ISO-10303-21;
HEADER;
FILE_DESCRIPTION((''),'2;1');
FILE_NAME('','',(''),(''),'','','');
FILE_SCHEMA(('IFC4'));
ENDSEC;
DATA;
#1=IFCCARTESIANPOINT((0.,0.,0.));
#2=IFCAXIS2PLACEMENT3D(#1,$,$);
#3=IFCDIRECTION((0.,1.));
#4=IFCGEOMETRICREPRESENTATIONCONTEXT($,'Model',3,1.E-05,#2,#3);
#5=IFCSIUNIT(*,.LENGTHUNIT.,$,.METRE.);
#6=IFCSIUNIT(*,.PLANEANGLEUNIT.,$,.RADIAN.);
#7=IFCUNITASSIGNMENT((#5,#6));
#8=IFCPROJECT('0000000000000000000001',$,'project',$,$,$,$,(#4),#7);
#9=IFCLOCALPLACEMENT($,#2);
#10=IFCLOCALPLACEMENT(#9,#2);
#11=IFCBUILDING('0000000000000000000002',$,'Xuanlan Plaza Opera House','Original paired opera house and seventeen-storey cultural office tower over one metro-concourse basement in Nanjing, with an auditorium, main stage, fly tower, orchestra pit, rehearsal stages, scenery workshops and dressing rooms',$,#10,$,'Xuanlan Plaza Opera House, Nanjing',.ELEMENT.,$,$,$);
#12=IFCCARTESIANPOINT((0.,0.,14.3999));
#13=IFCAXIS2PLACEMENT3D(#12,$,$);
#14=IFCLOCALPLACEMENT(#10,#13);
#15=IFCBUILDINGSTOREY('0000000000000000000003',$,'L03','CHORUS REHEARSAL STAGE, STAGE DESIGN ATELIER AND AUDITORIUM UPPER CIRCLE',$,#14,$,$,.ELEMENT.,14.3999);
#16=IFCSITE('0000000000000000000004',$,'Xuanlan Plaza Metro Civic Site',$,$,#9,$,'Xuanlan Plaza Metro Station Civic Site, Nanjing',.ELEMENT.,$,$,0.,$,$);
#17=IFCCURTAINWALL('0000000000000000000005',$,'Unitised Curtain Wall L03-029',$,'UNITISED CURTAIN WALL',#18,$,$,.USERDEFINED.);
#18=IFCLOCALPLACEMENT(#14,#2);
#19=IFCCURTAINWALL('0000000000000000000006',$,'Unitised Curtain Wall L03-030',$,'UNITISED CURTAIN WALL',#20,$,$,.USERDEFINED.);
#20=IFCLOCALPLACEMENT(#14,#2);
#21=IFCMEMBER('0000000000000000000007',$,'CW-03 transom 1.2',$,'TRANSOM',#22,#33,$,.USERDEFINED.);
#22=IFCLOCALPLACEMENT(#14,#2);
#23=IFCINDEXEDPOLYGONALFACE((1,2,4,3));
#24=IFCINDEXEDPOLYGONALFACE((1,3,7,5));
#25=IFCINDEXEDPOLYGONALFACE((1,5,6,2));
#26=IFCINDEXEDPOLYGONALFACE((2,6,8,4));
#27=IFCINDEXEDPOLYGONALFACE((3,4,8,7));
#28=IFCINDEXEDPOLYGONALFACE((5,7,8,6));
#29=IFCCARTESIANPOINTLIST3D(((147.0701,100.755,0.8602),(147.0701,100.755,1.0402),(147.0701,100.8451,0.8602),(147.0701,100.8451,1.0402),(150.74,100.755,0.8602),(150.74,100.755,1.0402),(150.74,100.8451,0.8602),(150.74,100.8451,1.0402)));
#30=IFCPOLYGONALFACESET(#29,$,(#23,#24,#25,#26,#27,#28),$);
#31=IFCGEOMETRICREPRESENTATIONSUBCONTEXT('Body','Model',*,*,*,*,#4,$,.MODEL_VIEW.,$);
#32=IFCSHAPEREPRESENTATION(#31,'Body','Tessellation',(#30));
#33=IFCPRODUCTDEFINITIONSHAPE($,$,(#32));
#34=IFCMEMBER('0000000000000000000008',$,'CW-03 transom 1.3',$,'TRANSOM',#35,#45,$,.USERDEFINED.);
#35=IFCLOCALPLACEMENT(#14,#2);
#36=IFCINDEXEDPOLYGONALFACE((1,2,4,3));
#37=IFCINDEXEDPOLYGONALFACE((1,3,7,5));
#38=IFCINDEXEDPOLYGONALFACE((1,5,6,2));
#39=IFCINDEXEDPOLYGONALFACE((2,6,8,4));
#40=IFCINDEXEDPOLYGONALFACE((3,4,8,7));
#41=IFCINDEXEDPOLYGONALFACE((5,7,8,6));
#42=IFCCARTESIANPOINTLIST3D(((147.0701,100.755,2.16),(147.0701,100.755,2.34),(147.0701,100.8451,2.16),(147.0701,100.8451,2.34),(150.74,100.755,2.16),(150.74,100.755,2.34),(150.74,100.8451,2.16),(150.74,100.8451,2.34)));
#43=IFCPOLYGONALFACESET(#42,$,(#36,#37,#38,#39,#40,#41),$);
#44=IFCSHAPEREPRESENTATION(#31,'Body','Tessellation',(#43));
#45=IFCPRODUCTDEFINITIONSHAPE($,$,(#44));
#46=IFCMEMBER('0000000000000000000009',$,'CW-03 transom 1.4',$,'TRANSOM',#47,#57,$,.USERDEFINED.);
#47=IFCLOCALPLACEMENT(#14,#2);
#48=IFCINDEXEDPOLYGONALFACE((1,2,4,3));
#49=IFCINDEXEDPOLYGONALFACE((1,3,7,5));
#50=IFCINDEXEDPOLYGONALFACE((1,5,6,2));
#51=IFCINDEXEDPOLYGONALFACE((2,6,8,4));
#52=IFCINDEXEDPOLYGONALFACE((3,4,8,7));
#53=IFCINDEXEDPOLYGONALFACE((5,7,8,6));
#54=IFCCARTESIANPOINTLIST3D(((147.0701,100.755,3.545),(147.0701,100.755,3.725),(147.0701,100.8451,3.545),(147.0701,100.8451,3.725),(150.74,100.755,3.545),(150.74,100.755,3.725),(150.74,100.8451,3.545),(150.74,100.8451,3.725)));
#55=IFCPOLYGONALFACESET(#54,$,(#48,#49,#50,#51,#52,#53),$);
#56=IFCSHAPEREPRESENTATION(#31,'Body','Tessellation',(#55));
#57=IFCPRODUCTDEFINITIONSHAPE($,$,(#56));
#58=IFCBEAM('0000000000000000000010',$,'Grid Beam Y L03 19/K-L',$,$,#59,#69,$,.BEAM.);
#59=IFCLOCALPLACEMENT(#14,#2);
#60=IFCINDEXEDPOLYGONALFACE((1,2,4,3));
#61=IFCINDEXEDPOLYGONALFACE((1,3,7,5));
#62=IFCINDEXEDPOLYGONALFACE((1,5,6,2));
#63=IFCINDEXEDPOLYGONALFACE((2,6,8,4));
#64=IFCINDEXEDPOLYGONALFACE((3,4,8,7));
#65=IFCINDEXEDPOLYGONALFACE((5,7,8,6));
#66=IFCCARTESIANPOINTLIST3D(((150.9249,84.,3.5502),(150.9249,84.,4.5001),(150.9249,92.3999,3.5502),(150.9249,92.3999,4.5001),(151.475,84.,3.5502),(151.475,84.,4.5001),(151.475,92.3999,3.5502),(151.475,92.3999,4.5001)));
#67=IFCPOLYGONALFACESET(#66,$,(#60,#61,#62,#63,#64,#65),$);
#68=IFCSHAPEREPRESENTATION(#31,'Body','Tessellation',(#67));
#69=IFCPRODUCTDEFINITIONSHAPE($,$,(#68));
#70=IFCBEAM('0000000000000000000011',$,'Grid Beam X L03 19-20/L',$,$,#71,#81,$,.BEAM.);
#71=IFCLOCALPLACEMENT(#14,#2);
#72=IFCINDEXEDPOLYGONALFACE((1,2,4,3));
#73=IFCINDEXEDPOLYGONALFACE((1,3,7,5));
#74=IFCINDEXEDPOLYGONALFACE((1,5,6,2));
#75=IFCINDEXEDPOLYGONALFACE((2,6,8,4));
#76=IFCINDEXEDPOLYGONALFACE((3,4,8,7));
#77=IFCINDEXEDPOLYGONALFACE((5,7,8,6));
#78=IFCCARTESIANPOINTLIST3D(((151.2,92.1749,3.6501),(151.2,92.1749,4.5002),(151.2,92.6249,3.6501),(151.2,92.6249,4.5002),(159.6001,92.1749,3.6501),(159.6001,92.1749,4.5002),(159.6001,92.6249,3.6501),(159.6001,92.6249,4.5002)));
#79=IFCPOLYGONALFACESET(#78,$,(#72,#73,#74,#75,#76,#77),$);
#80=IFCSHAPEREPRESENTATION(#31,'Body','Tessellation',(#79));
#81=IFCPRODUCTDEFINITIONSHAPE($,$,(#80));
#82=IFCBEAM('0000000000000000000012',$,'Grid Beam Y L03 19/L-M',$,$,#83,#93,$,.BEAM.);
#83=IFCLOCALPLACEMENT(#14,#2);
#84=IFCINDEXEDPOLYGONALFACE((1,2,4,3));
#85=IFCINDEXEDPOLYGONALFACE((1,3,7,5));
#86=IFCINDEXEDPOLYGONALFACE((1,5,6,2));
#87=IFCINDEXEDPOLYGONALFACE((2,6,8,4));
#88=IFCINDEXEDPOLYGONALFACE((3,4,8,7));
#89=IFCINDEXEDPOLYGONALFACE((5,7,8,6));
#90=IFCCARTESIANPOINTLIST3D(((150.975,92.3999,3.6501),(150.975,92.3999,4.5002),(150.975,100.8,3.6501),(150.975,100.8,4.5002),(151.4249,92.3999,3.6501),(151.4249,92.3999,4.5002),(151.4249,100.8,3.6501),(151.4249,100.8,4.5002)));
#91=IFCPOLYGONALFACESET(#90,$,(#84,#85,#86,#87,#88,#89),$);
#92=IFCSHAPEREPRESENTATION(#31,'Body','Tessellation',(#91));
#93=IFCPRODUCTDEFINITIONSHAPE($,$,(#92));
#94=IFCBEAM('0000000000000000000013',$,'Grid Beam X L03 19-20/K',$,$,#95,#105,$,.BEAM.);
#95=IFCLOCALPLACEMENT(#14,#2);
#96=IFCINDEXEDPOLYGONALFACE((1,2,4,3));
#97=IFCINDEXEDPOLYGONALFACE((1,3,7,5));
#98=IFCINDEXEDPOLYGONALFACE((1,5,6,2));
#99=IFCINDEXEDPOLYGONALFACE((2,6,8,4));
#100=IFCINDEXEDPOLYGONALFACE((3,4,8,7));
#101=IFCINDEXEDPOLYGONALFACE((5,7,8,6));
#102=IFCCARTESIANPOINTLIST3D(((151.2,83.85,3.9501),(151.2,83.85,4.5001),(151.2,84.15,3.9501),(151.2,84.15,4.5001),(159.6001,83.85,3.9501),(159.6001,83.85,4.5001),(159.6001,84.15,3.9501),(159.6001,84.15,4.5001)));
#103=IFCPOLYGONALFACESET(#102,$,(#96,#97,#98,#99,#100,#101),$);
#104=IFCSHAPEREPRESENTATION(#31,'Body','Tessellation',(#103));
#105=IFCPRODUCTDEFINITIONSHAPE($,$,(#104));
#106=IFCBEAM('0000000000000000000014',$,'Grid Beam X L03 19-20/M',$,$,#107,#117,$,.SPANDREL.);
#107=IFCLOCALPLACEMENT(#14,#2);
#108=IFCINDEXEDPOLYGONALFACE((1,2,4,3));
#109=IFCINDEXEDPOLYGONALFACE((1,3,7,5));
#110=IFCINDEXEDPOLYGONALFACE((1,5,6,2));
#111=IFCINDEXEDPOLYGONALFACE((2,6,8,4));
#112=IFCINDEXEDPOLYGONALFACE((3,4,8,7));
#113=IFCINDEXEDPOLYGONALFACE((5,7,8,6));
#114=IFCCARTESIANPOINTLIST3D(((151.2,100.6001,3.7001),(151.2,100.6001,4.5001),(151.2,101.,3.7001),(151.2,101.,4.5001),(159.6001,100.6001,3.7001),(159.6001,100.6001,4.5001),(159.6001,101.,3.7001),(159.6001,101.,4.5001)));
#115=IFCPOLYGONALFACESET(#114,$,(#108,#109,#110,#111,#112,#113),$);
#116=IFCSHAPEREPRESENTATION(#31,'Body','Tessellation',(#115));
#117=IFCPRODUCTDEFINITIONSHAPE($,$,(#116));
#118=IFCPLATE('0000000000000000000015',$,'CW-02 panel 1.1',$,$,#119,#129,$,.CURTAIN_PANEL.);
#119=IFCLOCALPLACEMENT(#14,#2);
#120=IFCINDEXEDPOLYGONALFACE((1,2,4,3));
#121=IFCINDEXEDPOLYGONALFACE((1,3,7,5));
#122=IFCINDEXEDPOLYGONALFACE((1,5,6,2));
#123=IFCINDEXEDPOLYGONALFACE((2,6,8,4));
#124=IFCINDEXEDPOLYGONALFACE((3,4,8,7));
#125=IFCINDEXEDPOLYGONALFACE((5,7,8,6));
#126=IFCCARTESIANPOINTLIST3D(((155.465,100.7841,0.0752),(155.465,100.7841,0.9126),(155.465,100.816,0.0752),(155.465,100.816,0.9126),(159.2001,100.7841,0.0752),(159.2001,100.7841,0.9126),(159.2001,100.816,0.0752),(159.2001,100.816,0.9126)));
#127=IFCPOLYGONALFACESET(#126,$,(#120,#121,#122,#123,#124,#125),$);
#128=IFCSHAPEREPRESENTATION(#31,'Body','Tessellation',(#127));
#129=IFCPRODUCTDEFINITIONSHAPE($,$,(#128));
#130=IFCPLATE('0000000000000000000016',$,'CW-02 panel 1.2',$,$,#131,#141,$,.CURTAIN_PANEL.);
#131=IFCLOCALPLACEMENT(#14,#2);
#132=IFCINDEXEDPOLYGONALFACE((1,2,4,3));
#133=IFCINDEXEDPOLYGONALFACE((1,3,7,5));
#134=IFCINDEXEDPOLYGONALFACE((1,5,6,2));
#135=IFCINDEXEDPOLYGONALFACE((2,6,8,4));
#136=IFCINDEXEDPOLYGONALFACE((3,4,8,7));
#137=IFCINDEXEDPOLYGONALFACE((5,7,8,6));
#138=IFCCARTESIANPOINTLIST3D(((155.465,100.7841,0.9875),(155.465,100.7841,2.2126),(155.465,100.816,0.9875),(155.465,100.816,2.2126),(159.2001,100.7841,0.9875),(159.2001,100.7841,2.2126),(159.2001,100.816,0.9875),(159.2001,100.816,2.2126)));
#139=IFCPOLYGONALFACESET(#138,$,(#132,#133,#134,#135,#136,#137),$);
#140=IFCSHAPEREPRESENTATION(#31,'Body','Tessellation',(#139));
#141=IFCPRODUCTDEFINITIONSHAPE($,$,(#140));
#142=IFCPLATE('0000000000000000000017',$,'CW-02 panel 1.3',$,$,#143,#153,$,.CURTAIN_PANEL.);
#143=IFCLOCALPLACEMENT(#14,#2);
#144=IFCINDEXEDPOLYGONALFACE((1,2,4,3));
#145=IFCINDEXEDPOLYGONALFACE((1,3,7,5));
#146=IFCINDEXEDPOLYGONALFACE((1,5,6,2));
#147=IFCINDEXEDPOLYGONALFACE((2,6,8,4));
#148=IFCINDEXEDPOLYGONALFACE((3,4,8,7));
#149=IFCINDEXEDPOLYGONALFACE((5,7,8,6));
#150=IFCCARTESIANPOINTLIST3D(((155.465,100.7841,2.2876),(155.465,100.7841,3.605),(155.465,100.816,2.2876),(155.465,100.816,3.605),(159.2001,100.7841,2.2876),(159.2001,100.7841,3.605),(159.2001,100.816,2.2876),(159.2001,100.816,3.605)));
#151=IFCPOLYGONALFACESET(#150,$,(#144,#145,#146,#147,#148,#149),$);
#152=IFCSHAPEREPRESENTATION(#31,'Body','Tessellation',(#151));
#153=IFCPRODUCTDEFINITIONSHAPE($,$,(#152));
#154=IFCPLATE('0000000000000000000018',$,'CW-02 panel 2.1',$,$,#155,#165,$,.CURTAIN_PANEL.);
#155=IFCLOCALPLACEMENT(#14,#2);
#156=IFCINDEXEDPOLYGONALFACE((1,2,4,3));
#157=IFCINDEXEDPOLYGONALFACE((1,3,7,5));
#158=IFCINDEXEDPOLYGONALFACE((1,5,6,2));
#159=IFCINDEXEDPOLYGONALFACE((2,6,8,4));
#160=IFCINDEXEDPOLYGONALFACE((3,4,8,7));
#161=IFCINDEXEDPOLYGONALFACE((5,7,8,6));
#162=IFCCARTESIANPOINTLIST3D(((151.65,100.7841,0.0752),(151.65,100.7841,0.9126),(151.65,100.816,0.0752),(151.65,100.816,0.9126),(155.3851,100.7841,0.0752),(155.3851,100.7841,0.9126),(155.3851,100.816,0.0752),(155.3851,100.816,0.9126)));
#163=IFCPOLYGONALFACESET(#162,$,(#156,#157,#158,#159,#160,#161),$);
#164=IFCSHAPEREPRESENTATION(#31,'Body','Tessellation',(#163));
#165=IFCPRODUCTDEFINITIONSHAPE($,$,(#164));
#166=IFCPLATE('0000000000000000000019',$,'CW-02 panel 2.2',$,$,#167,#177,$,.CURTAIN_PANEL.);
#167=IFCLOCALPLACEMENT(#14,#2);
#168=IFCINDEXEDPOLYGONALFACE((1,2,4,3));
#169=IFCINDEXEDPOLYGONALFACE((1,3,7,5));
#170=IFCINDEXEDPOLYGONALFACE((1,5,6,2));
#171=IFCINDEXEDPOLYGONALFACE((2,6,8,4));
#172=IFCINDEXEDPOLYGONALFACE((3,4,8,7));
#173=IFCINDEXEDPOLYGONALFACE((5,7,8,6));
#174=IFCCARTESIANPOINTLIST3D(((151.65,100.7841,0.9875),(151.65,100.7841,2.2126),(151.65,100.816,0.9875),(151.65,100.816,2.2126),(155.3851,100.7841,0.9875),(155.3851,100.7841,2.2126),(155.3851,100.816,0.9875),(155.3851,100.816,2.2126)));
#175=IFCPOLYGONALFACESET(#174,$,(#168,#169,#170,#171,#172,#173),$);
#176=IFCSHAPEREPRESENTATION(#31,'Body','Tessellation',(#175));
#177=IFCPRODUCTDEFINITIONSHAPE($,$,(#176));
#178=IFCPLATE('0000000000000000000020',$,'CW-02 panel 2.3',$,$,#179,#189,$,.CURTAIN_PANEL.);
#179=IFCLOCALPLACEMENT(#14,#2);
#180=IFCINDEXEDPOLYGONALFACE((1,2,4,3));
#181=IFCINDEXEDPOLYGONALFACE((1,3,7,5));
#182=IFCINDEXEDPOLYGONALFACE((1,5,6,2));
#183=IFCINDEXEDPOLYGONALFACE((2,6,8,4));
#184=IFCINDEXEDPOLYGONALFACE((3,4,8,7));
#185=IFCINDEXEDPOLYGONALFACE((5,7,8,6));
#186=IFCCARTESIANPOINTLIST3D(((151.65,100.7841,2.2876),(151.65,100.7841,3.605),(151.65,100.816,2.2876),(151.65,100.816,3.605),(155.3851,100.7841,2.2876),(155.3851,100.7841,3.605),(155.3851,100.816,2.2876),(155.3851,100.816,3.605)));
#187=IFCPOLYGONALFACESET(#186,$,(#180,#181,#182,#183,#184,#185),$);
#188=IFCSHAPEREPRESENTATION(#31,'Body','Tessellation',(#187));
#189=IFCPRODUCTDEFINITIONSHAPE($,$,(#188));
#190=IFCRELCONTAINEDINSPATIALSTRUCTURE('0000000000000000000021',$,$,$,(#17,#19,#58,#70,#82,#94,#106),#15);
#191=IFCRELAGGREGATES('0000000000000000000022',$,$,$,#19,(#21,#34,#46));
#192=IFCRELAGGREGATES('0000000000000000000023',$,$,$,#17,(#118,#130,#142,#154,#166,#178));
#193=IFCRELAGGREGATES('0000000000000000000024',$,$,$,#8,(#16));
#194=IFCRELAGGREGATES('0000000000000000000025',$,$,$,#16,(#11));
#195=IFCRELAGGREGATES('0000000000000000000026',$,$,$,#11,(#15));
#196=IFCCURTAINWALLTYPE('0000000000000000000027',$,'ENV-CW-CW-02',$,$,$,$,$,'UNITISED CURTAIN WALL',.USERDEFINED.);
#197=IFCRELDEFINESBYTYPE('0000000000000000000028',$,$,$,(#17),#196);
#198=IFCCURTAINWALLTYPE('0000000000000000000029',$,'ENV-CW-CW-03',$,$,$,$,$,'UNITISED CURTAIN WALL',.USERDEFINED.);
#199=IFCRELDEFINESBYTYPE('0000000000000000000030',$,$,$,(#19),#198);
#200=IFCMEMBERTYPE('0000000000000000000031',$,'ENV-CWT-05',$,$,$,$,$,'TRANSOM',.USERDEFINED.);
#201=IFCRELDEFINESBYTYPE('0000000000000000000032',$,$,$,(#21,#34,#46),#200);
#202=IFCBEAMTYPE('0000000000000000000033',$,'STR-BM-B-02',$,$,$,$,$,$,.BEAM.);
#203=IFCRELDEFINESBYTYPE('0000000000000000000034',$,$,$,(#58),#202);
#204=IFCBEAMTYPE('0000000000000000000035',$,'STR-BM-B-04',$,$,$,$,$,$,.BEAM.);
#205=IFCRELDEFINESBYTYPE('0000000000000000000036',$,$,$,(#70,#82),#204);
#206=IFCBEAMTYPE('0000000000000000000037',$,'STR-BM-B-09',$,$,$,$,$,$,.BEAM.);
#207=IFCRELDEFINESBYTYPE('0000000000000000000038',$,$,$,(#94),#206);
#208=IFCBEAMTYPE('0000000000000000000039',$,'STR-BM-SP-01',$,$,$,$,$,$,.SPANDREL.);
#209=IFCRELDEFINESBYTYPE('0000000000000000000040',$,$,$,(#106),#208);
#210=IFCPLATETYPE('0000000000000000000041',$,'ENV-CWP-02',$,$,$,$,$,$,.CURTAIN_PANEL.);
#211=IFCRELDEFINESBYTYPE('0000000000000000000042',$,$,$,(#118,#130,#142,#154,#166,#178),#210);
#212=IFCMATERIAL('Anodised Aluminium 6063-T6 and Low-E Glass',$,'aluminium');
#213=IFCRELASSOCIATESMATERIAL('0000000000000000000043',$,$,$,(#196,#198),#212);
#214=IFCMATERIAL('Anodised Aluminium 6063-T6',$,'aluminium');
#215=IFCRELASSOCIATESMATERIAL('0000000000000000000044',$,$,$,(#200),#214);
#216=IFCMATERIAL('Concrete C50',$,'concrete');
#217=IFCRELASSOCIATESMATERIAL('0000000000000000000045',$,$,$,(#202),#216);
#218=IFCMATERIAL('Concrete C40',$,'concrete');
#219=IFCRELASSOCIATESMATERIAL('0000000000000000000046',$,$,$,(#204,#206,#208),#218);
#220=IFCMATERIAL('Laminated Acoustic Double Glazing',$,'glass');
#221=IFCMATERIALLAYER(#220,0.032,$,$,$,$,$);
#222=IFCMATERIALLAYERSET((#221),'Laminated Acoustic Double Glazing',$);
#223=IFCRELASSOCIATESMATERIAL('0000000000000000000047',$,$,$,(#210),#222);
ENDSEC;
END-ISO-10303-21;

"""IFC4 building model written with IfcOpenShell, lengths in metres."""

from ifc_helpers import new_model, si_unit, direction, frame, origin, origin_2d, place, context, subcontext, project, spatial, rectangle, extrude, material, layer, layer_set, material_profile, profile_set, type_object, element, aggregate, save


model = new_model("IFC4")

# Units and contexts
model_context = context("Model", 3, precision=1e-05, world=origin(), true_north=direction((0.0, 1.0)))
body_context = subcontext(model_context, "Body", "Model", "MODEL_VIEW")
ifc_project = project(units=[si_unit("LENGTHUNIT", "METRE"), si_unit("PLANEANGLEUNIT", "RADIAN")], contexts=[model_context])

# Site, building, storey
site_placement = place(None, origin())
site = spatial("IfcSite", under=ifc_project, at=site_placement, Name="Xuanlan Plaza Metro Civic Site", LongName="Xuanlan Plaza Metro Station Civic Site, Nanjing", CompositionType="ELEMENT", RefElevation=0.0)
building_placement = place(site_placement, origin())
building = spatial("IfcBuilding", under=site, at=building_placement, Name="Xuanlan Plaza Opera House", Description="Original paired opera house and seventeen-storey cultural office tower over one metro-concourse basement in Nanjing, with an auditorium, main stage, fly tower, orchestra pit, rehearsal stages, scenery workshops and dressing rooms", LongName="Xuanlan Plaza Opera House, Nanjing", CompositionType="ELEMENT")
storey_placement = place(building_placement, frame((0.0, 0.0, 14.3999)))
storey = spatial("IfcBuildingStorey", under=building, at=storey_placement, Name="L03", Description="CHORUS REHEARSAL STAGE, STAGE DESIGN ATELIER AND AUDITORIUM UPPER CIRCLE", CompositionType="ELEMENT", Elevation=14.3999)

# Shared definitions
ifc_material_1 = material(Name="Concrete C50", Category="concrete")
ifc_material_2 = material(Name="Concrete C40", Category="concrete")

# Curtain wall
ifc_material_3 = material(Name="Anodised Aluminium 6063-T6 and Low-E Glass", Category="aluminium")
curtain_wall_type_1 = type_object("IfcCurtainWallType", Name="ENV-CW-CW-02", ElementType="UNITISED CURTAIN WALL", PredefinedType="USERDEFINED", material=ifc_material_3)
curtain_wall_1_placement = place(storey_placement, origin())
curtain_wall_1 = element("IfcCurtainWall", 1, at=curtain_wall_1_placement, inside=storey, type_object=curtain_wall_type_1, Name="Unitised Curtain Wall L03-029", ObjectType="UNITISED CURTAIN WALL", PredefinedType="USERDEFINED")
ifc_material_4 = material(Name="Anodised Aluminium 6063-T6", Category="aluminium")

# Curtain wall
curtain_wall_type_2 = type_object("IfcCurtainWallType", Name="ENV-CW-CW-03", ElementType="UNITISED CURTAIN WALL", PredefinedType="USERDEFINED", material=ifc_material_3)
curtain_wall_2_placement = place(storey_placement, origin())
curtain_wall_2 = element("IfcCurtainWall", 2, at=curtain_wall_2_placement, inside=storey, type_object=curtain_wall_type_2, Name="Unitised Curtain Wall L03-030", ObjectType="UNITISED CURTAIN WALL", PredefinedType="USERDEFINED")

# Members
ifc_material_profile_1 = material_profile(ifc_material_4, rectangle(XDim=0.0901, YDim=0.1799, at=origin_2d()), Name="ALU-T 90x180")
ifc_profile_set_1 = profile_set([ifc_material_profile_1], Name="Anodised Aluminium 6063-T6")
member_type_1 = type_object("IfcMemberType", Name="ENV-CWT-05", ElementType="TRANSOM", PredefinedType="USERDEFINED", material=ifc_profile_set_1)
member_1_placement = place(storey_placement, frame((150.74, 100.8, 0.9502), z_axis=(-1.0, 0.0, 0.0), x_axis=(0.0, -1.0, 0.0)))
member_1 = element("IfcMember", 3, at=member_1_placement, type_object=member_type_1, Name="CW-03 transom 1.2", ObjectType="TRANSOM", PredefinedType="USERDEFINED", context=body_context, shape_type="SweptSolid", body=[
    extrude(rectangle(XDim=0.0901, YDim=0.1799, at=origin_2d()), origin(), (0.0, 0.0, 1.0), 3.6699),
])
member_2_placement = place(storey_placement, frame((150.74, 100.8, 2.25), z_axis=(-1.0, 0.0, 0.0), x_axis=(0.0, -1.0, 0.0)))
member_2 = element("IfcMember", 4, at=member_2_placement, type_object=member_type_1, Name="CW-03 transom 1.3", ObjectType="TRANSOM", PredefinedType="USERDEFINED", context=body_context, shape_type="SweptSolid", body=[
    extrude(rectangle(XDim=0.0901, YDim=0.1799, at=origin_2d()), origin(), (0.0, 0.0, 1.0), 3.6699),
])
member_3_placement = place(storey_placement, frame((150.74, 100.8, 3.635), z_axis=(-1.0, 0.0, 0.0), x_axis=(0.0, -1.0, 0.0)))
member_3 = element("IfcMember", 5, at=member_3_placement, type_object=member_type_1, Name="CW-03 transom 1.4", ObjectType="TRANSOM", PredefinedType="USERDEFINED", context=body_context, shape_type="SweptSolid", body=[
    extrude(rectangle(XDim=0.0901, YDim=0.1799, at=origin_2d()), origin(), (0.0, 0.0, 1.0), 3.6699),
])
aggregate(curtain_wall_2, [member_1, member_2, member_3])

# Beams
ifc_material_profile_2 = material_profile(ifc_material_1, rectangle(XDim=0.55, YDim=0.95, at=origin_2d()), Name="RC-BM 550x950")
ifc_profile_set_2 = profile_set([ifc_material_profile_2], Name="Concrete C50")
beam_type_1 = type_object("IfcBeamType", Name="STR-BM-B-02", PredefinedType="BEAM", material=ifc_profile_set_2)
beam_1_placement = place(storey_placement, frame((151.2, 84.0, 4.0251), z_axis=(0.0, 1.0, 0.0), x_axis=(-1.0, 0.0, 0.0)))
element("IfcBeam", 6, at=beam_1_placement, inside=storey, type_object=beam_type_1, Name="Grid Beam Y L03 19/K-L", PredefinedType="BEAM", context=body_context, shape_type="SweptSolid", body=[
    extrude(rectangle(XDim=0.55, YDim=0.95, at=origin_2d()), origin(), (0.0, 0.0, 1.0), 8.3999),
])
ifc_material_profile_3 = material_profile(ifc_material_2, rectangle(XDim=0.45, YDim=0.8501, at=origin_2d()), Name="RC-BM 450x850")
ifc_profile_set_3 = profile_set([ifc_material_profile_3], Name="Concrete C40")
beam_type_2 = type_object("IfcBeamType", Name="STR-BM-B-04", PredefinedType="BEAM", material=ifc_profile_set_3)
for number, where, z_axis, x_axis, name in (
    (7, (151.2, 92.3999, 4.0752), (1.0, 0.0, 0.0), (0.0, 1.0, 0.0), "Grid Beam X L03 19-20/L"),
    (8, (151.2, 92.3999, 4.0752), (0.0, 1.0, 0.0), (-1.0, 0.0, 0.0), "Grid Beam Y L03 19/L-M"),
):
    element("IfcBeam", number, at=place(storey_placement, frame(where, z_axis=z_axis, x_axis=x_axis)), inside=storey, type_object=beam_type_2, Name=name, PredefinedType="BEAM", context=body_context, shape_type="SweptSolid", body=[
        extrude(rectangle(XDim=0.45, YDim=0.8501, at=origin_2d()), origin(), (0.0, 0.0, 1.0), 8.4001),
    ])
ifc_material_profile_4 = material_profile(ifc_material_2, rectangle(XDim=0.3, YDim=0.55, at=origin_2d()), Name="RC-BM 300x550")
ifc_profile_set_4 = profile_set([ifc_material_profile_4], Name="Concrete C40")
beam_type_3 = type_object("IfcBeamType", Name="STR-BM-B-09", PredefinedType="BEAM", material=ifc_profile_set_4)
beam_2_placement = place(storey_placement, frame((151.2, 84.0, 4.2251), z_axis=(1.0, 0.0, 0.0), x_axis=(0.0, 1.0, 0.0)))
element("IfcBeam", 9, at=beam_2_placement, inside=storey, type_object=beam_type_3, Name="Grid Beam X L03 19-20/K", PredefinedType="BEAM", context=body_context, shape_type="SweptSolid", body=[
    extrude(rectangle(XDim=0.3, YDim=0.55, at=origin_2d()), origin(), (0.0, 0.0, 1.0), 8.4001),
])
ifc_material_profile_5 = material_profile(ifc_material_2, rectangle(XDim=0.3999, YDim=0.8, at=origin_2d()), Name="RC-SPD 400x800")
ifc_profile_set_5 = profile_set([ifc_material_profile_5], Name="Concrete C40")
beam_type_4 = type_object("IfcBeamType", Name="STR-BM-SP-01", PredefinedType="SPANDREL", material=ifc_profile_set_5)
beam_3_placement = place(storey_placement, frame((151.2, 100.8, 4.1001), z_axis=(1.0, 0.0, 0.0), x_axis=(0.0, 1.0, 0.0)))
element("IfcBeam", 10, at=beam_3_placement, inside=storey, type_object=beam_type_4, Name="Grid Beam X L03 19-20/M", PredefinedType="SPANDREL", context=body_context, shape_type="SweptSolid", body=[
    extrude(rectangle(XDim=0.3999, YDim=0.8, at=origin_2d()), origin(), (0.0, 0.0, 1.0), 8.4001),
])

# Plates
ifc_material_5 = material(Name="Laminated Acoustic Double Glazing", Category="glass")
ifc_layer = layer(ifc_material_5, 0.032)
ifc_layer_set = layer_set([ifc_layer], Name="Laminated Acoustic Double Glazing")
plate_type = type_object("IfcPlateType", Name="ENV-CWP-02", PredefinedType="CURTAIN_PANEL", material=ifc_layer_set)
plate_1_placement = place(storey_placement, frame((157.3325, 100.8, 0.0752), z_axis=(0.0, 0.0, 1.0), x_axis=(-1.0, 0.0, 0.0)))
plate_1 = element("IfcPlate", 11, at=plate_1_placement, type_object=plate_type, Name="CW-02 panel 1.1", PredefinedType="CURTAIN_PANEL", context=body_context, shape_type="SweptSolid", body=[
    extrude(rectangle(XDim=3.7351, YDim=0.032, at=origin_2d()), origin(), (0.0, 0.0, 1.0), 0.8374),
])
plate_2_placement = place(storey_placement, frame((157.3325, 100.8, 0.9875), z_axis=(0.0, 0.0, 1.0), x_axis=(-1.0, 0.0, 0.0)))
plate_2 = element("IfcPlate", 12, at=plate_2_placement, type_object=plate_type, Name="CW-02 panel 1.2", PredefinedType="CURTAIN_PANEL", context=body_context, shape_type="SweptSolid", body=[
    extrude(rectangle(XDim=3.7351, YDim=0.032, at=origin_2d()), origin(), (0.0, 0.0, 1.0), 1.2251),
])
plate_3_placement = place(storey_placement, frame((157.3325, 100.8, 2.2876), z_axis=(0.0, 0.0, 1.0), x_axis=(-1.0, 0.0, 0.0)))
plate_3 = element("IfcPlate", 13, at=plate_3_placement, type_object=plate_type, Name="CW-02 panel 1.3", PredefinedType="CURTAIN_PANEL", context=body_context, shape_type="SweptSolid", body=[
    extrude(rectangle(XDim=3.7351, YDim=0.032, at=origin_2d()), origin(), (0.0, 0.0, 1.0), 1.3174),
])
plate_4_placement = place(storey_placement, frame((153.5176, 100.8, 0.0752), z_axis=(0.0, 0.0, 1.0), x_axis=(-1.0, 0.0, 0.0)))
plate_4 = element("IfcPlate", 14, at=plate_4_placement, type_object=plate_type, Name="CW-02 panel 2.1", PredefinedType="CURTAIN_PANEL", context=body_context, shape_type="SweptSolid", body=[
    extrude(rectangle(XDim=3.7351, YDim=0.032, at=origin_2d()), origin(), (0.0, 0.0, 1.0), 0.8374),
])
plate_5_placement = place(storey_placement, frame((153.5176, 100.8, 0.9875), z_axis=(0.0, 0.0, 1.0), x_axis=(-1.0, 0.0, 0.0)))
plate_5 = element("IfcPlate", 15, at=plate_5_placement, type_object=plate_type, Name="CW-02 panel 2.2", PredefinedType="CURTAIN_PANEL", context=body_context, shape_type="SweptSolid", body=[
    extrude(rectangle(XDim=3.7351, YDim=0.032, at=origin_2d()), origin(), (0.0, 0.0, 1.0), 1.2251),
])
plate_6_placement = place(storey_placement, frame((153.5176, 100.8, 2.2876), z_axis=(0.0, 0.0, 1.0), x_axis=(-1.0, 0.0, 0.0)))
plate_6 = element("IfcPlate", 16, at=plate_6_placement, type_object=plate_type, Name="CW-02 panel 2.3", PredefinedType="CURTAIN_PANEL", context=body_context, shape_type="SweptSolid", body=[
    extrude(rectangle(XDim=3.7351, YDim=0.032, at=origin_2d()), origin(), (0.0, 0.0, 1.0), 1.3174),
])
aggregate(curtain_wall_1, [plate_1, plate_2, plate_3, plate_4, plate_5, plate_6])

save(model, "model.ifc")
